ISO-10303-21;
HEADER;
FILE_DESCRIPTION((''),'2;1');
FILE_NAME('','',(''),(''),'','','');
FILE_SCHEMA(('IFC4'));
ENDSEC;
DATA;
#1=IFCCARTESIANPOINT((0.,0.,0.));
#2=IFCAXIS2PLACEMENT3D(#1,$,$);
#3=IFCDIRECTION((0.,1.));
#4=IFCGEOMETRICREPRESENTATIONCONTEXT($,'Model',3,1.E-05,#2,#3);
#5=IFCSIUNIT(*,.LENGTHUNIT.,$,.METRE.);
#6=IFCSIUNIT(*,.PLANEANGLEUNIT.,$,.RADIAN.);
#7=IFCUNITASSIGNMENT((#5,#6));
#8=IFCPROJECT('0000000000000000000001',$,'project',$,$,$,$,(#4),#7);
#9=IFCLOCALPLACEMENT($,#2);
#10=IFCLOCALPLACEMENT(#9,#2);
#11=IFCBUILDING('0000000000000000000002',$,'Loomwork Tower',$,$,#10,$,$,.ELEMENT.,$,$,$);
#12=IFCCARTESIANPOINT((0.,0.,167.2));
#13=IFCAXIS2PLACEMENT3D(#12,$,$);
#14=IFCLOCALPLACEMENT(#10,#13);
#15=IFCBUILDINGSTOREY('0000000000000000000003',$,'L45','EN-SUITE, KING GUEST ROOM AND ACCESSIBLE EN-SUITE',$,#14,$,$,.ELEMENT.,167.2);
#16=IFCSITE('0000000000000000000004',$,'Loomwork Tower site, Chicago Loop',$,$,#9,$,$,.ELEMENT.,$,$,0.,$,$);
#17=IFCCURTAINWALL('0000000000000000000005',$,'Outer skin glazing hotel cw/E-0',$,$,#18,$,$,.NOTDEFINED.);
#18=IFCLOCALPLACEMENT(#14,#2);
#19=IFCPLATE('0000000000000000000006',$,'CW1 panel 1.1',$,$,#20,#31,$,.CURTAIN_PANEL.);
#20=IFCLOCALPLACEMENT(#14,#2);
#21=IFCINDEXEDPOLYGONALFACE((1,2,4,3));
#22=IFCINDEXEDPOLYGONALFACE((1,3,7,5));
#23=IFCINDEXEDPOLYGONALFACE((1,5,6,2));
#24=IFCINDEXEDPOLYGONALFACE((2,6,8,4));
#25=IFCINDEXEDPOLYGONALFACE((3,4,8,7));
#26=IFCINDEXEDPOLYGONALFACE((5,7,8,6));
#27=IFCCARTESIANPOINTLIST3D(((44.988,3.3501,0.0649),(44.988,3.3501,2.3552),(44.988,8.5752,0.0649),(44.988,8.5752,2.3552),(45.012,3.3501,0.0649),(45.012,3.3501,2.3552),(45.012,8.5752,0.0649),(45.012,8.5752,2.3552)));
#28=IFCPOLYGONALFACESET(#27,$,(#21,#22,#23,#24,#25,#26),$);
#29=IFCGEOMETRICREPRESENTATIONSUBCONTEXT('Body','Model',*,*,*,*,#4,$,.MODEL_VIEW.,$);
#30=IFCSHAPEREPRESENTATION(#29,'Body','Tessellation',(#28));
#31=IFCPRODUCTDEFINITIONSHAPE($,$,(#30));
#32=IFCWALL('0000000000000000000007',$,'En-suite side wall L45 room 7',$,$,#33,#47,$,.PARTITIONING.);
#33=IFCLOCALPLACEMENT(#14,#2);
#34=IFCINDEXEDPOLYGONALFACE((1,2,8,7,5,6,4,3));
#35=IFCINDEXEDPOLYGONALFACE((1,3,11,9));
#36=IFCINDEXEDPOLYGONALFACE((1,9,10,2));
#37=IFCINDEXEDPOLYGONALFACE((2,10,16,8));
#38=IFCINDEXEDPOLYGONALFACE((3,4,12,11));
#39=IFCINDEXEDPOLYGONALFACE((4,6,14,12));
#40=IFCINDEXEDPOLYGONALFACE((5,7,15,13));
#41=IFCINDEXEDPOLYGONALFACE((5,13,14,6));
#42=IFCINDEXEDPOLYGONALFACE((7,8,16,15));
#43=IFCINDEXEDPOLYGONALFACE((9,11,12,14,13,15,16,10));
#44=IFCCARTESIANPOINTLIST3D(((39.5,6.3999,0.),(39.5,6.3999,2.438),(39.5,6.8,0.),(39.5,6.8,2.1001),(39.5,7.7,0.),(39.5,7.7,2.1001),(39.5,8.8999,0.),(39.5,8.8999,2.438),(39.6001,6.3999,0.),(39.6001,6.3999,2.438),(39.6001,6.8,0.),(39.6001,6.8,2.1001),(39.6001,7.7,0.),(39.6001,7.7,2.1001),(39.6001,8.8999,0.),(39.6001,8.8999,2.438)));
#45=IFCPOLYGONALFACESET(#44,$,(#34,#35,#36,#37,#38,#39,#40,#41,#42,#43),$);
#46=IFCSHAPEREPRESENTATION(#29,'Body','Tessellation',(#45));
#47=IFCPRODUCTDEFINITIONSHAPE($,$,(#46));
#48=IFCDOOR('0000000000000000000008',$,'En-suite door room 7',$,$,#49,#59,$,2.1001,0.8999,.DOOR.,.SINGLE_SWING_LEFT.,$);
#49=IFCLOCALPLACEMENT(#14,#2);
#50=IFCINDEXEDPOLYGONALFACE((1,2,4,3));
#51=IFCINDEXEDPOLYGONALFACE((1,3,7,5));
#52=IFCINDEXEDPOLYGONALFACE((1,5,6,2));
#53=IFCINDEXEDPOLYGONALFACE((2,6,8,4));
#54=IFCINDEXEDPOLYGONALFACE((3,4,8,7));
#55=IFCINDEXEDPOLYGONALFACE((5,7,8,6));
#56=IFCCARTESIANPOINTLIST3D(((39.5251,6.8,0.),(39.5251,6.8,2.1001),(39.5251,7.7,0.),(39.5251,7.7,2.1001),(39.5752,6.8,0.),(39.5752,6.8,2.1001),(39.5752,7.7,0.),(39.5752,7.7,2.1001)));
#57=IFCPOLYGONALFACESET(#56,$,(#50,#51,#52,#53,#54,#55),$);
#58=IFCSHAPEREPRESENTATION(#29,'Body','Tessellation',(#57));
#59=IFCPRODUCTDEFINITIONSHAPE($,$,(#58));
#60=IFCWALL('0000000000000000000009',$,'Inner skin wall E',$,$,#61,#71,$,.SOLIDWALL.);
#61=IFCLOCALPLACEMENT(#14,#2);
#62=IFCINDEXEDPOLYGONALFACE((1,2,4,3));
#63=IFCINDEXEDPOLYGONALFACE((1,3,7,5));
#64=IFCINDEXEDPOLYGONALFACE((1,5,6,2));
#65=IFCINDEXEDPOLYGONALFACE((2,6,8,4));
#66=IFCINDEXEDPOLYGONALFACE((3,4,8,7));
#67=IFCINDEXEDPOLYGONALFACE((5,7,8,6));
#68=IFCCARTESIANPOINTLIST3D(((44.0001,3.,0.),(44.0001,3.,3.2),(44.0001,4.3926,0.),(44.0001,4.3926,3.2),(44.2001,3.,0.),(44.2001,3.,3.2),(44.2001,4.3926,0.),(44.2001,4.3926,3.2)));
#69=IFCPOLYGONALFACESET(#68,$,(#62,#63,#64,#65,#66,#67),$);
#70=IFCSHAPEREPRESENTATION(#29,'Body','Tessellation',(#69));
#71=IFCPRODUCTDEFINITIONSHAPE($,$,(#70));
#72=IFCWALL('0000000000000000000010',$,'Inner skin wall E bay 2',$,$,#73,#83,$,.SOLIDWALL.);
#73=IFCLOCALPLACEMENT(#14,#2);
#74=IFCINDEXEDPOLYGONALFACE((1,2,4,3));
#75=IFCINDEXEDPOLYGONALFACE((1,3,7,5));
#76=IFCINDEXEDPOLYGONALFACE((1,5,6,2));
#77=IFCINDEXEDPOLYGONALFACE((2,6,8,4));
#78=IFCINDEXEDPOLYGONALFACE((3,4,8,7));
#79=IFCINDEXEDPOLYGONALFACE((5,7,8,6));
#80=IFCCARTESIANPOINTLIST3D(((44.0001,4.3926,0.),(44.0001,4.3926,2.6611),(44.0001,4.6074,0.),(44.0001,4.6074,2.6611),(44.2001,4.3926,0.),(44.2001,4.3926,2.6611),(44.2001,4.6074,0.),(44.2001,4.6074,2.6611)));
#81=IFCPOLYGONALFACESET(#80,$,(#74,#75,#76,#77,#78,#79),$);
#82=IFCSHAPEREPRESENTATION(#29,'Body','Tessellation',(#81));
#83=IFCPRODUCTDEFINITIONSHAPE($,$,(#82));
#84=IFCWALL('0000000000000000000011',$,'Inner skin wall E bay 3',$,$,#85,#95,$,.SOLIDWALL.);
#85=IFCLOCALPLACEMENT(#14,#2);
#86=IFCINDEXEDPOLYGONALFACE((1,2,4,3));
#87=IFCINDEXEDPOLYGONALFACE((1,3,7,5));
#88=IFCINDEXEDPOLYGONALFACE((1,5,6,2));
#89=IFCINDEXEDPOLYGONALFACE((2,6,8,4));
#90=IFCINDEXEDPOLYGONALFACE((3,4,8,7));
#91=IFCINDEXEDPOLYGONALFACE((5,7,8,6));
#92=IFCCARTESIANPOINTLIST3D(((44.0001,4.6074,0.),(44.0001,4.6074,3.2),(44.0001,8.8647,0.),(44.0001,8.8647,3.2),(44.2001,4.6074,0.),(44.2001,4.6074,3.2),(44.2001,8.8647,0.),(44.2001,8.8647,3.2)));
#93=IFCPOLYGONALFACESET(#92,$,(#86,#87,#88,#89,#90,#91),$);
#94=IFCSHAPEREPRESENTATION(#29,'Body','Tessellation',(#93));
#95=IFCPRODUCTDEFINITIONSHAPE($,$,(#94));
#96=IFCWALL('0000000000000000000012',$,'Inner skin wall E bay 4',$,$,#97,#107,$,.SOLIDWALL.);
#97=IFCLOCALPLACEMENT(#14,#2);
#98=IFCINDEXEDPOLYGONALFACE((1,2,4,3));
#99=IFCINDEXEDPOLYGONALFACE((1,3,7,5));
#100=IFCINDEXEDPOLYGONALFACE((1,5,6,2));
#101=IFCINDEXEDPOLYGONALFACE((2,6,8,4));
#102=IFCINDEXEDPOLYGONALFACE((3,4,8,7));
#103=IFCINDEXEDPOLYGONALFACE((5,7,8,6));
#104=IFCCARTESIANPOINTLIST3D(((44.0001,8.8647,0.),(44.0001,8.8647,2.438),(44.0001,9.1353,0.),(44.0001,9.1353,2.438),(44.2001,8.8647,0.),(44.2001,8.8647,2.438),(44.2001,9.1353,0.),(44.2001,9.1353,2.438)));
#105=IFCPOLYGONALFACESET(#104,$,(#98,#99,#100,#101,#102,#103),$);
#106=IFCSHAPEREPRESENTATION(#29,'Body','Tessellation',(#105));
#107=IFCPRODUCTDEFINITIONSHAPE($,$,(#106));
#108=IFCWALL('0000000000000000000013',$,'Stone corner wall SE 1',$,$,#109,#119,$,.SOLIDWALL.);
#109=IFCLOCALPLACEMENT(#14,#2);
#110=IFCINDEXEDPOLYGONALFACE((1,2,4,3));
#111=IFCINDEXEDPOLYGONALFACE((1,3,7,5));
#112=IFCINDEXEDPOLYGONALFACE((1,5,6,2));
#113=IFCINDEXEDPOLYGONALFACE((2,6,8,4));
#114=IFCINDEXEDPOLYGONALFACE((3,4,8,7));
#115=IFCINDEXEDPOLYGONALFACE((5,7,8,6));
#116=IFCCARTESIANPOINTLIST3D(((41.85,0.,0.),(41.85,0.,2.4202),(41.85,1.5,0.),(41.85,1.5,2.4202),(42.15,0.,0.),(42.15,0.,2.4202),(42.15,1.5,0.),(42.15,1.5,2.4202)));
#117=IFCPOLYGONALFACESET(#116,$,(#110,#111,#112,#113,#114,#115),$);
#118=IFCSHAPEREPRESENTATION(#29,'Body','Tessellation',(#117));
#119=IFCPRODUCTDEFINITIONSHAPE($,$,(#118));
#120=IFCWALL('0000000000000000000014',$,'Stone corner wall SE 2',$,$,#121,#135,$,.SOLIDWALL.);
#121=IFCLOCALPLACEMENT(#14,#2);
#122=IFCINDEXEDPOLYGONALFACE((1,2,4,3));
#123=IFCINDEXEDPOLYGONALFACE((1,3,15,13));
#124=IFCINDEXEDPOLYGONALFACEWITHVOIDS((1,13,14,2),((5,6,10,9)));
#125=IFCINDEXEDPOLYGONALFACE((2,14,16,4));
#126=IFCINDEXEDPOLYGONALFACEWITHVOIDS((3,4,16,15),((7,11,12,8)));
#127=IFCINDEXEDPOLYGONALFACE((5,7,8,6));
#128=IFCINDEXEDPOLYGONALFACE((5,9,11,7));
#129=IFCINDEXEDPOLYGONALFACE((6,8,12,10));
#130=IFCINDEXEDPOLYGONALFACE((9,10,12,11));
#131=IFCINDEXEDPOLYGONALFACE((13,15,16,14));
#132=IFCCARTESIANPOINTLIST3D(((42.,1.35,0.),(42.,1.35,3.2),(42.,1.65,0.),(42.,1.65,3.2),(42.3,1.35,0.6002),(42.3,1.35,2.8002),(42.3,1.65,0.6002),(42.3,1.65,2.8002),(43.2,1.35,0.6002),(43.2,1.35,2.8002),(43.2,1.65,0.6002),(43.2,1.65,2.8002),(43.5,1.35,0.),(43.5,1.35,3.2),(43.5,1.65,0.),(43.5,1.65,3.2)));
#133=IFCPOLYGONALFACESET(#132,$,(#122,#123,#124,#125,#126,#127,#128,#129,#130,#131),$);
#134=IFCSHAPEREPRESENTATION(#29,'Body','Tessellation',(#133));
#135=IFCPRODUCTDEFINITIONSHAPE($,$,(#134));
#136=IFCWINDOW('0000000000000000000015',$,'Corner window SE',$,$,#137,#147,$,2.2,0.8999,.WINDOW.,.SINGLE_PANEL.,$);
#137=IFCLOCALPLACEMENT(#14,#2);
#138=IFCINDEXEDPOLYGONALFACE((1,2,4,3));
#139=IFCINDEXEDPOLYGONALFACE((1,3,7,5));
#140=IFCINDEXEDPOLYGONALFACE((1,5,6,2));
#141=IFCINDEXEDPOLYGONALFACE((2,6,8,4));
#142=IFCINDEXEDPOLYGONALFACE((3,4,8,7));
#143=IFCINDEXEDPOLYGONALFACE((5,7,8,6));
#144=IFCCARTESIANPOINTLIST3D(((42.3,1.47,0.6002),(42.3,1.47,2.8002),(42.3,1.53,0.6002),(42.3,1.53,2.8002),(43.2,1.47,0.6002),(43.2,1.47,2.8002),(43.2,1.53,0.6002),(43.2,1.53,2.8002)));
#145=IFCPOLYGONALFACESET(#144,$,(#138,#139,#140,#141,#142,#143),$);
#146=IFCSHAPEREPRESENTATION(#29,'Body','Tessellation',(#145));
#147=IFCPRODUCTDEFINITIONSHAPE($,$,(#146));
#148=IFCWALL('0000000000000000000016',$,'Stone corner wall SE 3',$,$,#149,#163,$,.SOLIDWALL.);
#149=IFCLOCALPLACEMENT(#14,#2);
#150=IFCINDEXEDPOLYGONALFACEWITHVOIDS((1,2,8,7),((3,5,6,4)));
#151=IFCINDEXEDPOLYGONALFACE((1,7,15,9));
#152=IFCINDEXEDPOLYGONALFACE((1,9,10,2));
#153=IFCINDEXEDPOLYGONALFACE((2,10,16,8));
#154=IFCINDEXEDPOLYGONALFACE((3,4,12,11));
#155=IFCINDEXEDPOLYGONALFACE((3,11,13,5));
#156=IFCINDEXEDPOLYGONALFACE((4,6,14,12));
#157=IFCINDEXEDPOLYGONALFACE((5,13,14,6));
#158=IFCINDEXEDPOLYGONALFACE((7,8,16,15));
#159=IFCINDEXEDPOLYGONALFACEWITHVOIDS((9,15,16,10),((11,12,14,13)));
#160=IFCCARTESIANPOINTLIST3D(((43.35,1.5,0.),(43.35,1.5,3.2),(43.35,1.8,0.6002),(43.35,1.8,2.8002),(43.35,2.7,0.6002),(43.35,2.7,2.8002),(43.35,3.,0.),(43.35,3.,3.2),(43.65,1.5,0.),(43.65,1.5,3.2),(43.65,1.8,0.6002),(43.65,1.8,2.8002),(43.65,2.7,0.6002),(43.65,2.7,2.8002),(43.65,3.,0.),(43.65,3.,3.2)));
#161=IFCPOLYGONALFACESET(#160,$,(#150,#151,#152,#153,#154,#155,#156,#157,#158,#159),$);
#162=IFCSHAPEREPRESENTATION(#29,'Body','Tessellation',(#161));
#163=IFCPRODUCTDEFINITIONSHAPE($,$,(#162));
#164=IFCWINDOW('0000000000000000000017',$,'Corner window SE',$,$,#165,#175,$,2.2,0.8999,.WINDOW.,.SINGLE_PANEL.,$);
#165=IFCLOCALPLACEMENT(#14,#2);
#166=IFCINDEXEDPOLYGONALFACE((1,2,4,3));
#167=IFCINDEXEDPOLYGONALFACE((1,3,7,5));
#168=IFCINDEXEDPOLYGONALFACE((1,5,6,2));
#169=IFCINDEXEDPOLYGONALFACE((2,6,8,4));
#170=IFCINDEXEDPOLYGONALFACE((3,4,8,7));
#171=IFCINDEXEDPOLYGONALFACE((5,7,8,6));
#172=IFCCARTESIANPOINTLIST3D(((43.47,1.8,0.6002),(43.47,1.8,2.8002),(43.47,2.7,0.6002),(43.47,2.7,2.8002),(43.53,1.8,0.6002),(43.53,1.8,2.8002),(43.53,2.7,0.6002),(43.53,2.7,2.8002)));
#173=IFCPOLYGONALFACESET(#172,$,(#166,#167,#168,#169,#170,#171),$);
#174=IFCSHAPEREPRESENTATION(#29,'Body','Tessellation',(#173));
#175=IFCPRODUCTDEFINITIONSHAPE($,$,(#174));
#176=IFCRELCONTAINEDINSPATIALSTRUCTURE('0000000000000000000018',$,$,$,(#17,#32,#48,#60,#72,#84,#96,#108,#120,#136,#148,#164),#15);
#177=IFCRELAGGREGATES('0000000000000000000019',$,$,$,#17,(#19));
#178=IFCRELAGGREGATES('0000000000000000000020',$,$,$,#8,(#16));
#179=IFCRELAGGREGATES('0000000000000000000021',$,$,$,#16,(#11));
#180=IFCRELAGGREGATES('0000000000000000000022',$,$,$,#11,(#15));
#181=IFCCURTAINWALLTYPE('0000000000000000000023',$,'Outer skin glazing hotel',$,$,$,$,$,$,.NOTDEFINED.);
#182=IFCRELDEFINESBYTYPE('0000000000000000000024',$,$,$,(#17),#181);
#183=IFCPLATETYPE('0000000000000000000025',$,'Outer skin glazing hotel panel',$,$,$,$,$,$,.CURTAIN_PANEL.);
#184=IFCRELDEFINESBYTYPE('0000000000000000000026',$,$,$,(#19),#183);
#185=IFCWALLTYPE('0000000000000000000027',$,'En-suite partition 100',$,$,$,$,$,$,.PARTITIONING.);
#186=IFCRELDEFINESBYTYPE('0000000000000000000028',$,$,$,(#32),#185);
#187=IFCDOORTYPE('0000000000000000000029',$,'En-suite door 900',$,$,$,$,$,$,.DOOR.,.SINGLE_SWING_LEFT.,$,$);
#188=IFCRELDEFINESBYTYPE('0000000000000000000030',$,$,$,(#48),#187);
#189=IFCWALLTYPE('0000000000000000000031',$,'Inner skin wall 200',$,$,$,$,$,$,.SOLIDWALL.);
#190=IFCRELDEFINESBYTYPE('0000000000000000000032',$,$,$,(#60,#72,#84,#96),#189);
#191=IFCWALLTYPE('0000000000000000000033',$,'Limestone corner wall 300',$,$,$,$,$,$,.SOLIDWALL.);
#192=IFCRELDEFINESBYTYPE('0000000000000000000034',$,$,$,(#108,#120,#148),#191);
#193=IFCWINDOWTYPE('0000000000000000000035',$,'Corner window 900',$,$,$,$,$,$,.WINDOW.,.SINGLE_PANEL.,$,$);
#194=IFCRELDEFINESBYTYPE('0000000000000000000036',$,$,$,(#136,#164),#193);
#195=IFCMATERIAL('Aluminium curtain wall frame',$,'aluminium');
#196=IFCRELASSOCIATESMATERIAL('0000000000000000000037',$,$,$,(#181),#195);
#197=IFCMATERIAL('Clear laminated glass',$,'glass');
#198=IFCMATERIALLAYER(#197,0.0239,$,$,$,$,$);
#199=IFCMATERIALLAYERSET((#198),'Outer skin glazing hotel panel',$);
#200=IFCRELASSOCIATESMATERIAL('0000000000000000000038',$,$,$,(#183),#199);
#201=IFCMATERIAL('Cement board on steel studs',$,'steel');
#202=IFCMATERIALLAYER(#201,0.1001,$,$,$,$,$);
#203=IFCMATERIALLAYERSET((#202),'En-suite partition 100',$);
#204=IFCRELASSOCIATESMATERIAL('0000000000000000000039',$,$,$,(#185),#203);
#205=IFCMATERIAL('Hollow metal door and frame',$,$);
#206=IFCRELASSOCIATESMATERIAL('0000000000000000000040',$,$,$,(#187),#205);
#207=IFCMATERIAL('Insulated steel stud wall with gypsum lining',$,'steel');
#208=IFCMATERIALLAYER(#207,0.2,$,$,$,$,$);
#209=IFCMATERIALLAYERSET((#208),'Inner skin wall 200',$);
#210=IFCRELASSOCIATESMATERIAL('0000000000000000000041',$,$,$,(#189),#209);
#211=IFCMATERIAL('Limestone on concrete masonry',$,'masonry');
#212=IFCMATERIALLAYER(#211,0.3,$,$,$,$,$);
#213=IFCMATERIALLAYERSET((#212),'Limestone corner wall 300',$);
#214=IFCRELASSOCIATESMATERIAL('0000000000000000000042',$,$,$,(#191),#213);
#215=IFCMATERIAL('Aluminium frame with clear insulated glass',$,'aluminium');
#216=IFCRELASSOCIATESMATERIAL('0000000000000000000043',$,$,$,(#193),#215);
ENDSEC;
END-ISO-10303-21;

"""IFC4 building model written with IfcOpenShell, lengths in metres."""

from ifc_helpers import new_model, si_unit, direction, frame, frame_2d, origin, origin_2d, place, context, subcontext, project, spatial, rectangle, extrude, material, layer, layer_set, type_object, element, fill, aggregate, save


model = new_model("IFC4")

# Units and contexts
model_context = context("Model", 3, precision=1e-05, world=origin(), true_north=direction((0.0, 1.0)))
body_context = subcontext(model_context, "Body", "Model", "MODEL_VIEW")
ifc_project = project(units=[si_unit("LENGTHUNIT", "METRE"), si_unit("PLANEANGLEUNIT", "RADIAN")], contexts=[model_context])

# Site, building, storey
site_placement = place(None, origin())
site = spatial("IfcSite", under=ifc_project, at=site_placement, Name="Loomwork Tower site, Chicago Loop", CompositionType="ELEMENT", RefElevation=0.0)
building_placement = place(site_placement, origin())
building = spatial("IfcBuilding", under=site, at=building_placement, Name="Loomwork Tower", CompositionType="ELEMENT")
storey_placement = place(building_placement, frame((0.0, 0.0, 167.2)))
storey = spatial("IfcBuildingStorey", under=building, at=storey_placement, Name="L45", Description="EN-SUITE, KING GUEST ROOM AND ACCESSIBLE EN-SUITE", CompositionType="ELEMENT", Elevation=167.2)

# Shared definitions
ifc_material_1 = material(Name="Aluminium curtain wall frame", Category="aluminium")
curtain_wall_type = type_object("IfcCurtainWallType", Name="Outer skin glazing hotel", PredefinedType="NOTDEFINED", material=ifc_material_1)

# Curtain wall
curtain_wall_1_placement = place(storey_placement, origin())
curtain_wall_1 = element("IfcCurtainWall", 1, at=curtain_wall_1_placement, inside=storey, type_object=curtain_wall_type, Name="Outer skin glazing hotel cw/E-0", PredefinedType="NOTDEFINED")

# Plate
ifc_material_2 = material(Name="Clear laminated glass", Category="glass")
ifc_layer_1 = layer(ifc_material_2, 0.0239)
ifc_layer_set_1 = layer_set([ifc_layer_1], Name="Outer skin glazing hotel panel")
plate_type = type_object("IfcPlateType", Name="Outer skin glazing hotel panel", PredefinedType="CURTAIN_PANEL", material=ifc_layer_set_1)
plate_placement = place(storey_placement, frame((45.0, 5.9626, 0.0649), z_axis=(0.0, 0.0, 1.0), x_axis=(0.0, 1.0, 0.0)))
plate = element("IfcPlate", 2, at=plate_placement, type_object=plate_type, Name="CW1 panel 1.1", PredefinedType="CURTAIN_PANEL", context=body_context, shape_type="SweptSolid", body=[
    extrude(rectangle(XDim=5.2251, YDim=0.0239, at=origin_2d()), origin(), (0.0, 0.0, 1.0), 2.2903),
])
aggregate(curtain_wall_1, [plate])

# Wall, opening, door
ifc_material_3 = material(Name="Cement board on steel studs", Category="steel")
ifc_layer_2 = layer(ifc_material_3, 0.1001)
ifc_layer_set_2 = layer_set([ifc_layer_2], Name="En-suite partition 100")
wall_type_1 = type_object("IfcWallType", Name="En-suite partition 100", PredefinedType="PARTITIONING", material=ifc_layer_set_2)
wall_1_placement = place(storey_placement, frame((39.55, 8.8999, 0.0), z_axis=(0.0, 0.0, 1.0), x_axis=(0.0, -1.0, 0.0)))
wall_1 = element("IfcWall", 3, at=wall_1_placement, inside=storey, type_object=wall_type_1, Name="En-suite side wall L45 room 7", PredefinedType="PARTITIONING", context=body_context, shape_type="SweptSolid", body=[
    extrude(rectangle(XDim=2.5, YDim=0.1001, at=frame_2d((1.25, 0.0))), origin(), (0.0, 0.0, 1.0), 2.438),
])
opening_1_placement = place(wall_1_placement, frame((1.2, 0.0, 0.0)))
opening_1 = element("IfcOpeningElement", 4, at=opening_1_placement, cuts=wall_1, PredefinedType="OPENING", context=body_context, shape_type="SweptSolid", body=[
    extrude(rectangle(XDim=0.8999, YDim=2.1001, at=frame_2d((0.45, 1.05))), frame((0.0, 0.0601, 0.0), z_axis=(0.0, -1.0, 0.0), x_axis=(1.0, 0.0, 0.0)), (0.0, 0.0, 1.0), 0.1201),
])
ifc_material_4 = material(Name="Hollow metal door and frame")
door_type = type_object("IfcDoorType", Name="En-suite door 900", OperationType="SINGLE_SWING_LEFT", PredefinedType="DOOR", material=ifc_material_4)
door_placement = place(opening_1_placement, frame((0.8999, 0.0, 0.0), z_axis=(0.0, 0.0, 1.0), x_axis=(-1.0, 0.0, 0.0)))
door = element("IfcDoor", 5, at=door_placement, inside=storey, type_object=door_type, Name="En-suite door room 7", OperationType="SINGLE_SWING_LEFT", OverallHeight=2.1001, OverallWidth=0.8999, PredefinedType="DOOR", context=body_context, shape_type="SweptSolid", body=[
    extrude(rectangle(XDim=0.8999, YDim=2.1001, at=frame_2d((0.45, 1.05))), frame((0.0, 0.0249, 0.0), z_axis=(0.0, -1.0, 0.0), x_axis=(1.0, 0.0, 0.0)), (0.0, 0.0, 1.0), 0.05),
])
fill(opening_1, door)

# Walls
ifc_material_5 = material(Name="Insulated steel stud wall with gypsum lining", Category="steel")
ifc_layer_3 = layer(ifc_material_5, 0.2)
ifc_layer_set_3 = layer_set([ifc_layer_3], Name="Inner skin wall 200")
wall_type_2 = type_object("IfcWallType", Name="Inner skin wall 200", PredefinedType="SOLIDWALL", material=ifc_layer_set_3)
wall_2_placement = place(storey_placement, frame((44.1001, 3.0, 0.0), z_axis=(0.0, 0.0, 1.0), x_axis=(0.0, 1.0, 0.0)))
element("IfcWall", 6, at=wall_2_placement, inside=storey, type_object=wall_type_2, Name="Inner skin wall E", PredefinedType="SOLIDWALL", context=body_context, shape_type="SweptSolid", body=[
    extrude(rectangle(XDim=1.3926, YDim=0.2, at=frame_2d((0.6963, 0.0))), origin(), (0.0, 0.0, 1.0), 3.2),
])
wall_3_placement = place(storey_placement, frame((44.1001, 4.3926, 0.0), z_axis=(0.0, 0.0, 1.0), x_axis=(0.0, 1.0, 0.0)))
element("IfcWall", 7, at=wall_3_placement, inside=storey, type_object=wall_type_2, Name="Inner skin wall E bay 2", PredefinedType="SOLIDWALL", context=body_context, shape_type="SweptSolid", body=[
    extrude(rectangle(XDim=0.2148, YDim=0.2, at=frame_2d((0.1074, 0.0))), origin(), (0.0, 0.0, 1.0), 2.6611),
])
wall_4_placement = place(storey_placement, frame((44.1001, 4.6074, 0.0), z_axis=(0.0, 0.0, 1.0), x_axis=(0.0, 1.0, 0.0)))
element("IfcWall", 8, at=wall_4_placement, inside=storey, type_object=wall_type_2, Name="Inner skin wall E bay 3", PredefinedType="SOLIDWALL", context=body_context, shape_type="SweptSolid", body=[
    extrude(rectangle(XDim=4.2573, YDim=0.2, at=frame_2d((2.1287, 0.0))), origin(), (0.0, 0.0, 1.0), 3.2),
])
wall_5_placement = place(storey_placement, frame((44.1001, 8.8647, 0.0), z_axis=(0.0, 0.0, 1.0), x_axis=(0.0, 1.0, 0.0)))
element("IfcWall", 9, at=wall_5_placement, inside=storey, type_object=wall_type_2, Name="Inner skin wall E bay 4", PredefinedType="SOLIDWALL", context=body_context, shape_type="SweptSolid", body=[
    extrude(rectangle(XDim=0.2705, YDim=0.2, at=frame_2d((0.1353, 0.0))), origin(), (0.0, 0.0, 1.0), 2.438),
])
ifc_material_6 = material(Name="Limestone on concrete masonry", Category="masonry")
ifc_layer_4 = layer(ifc_material_6, 0.3)
ifc_layer_set_4 = layer_set([ifc_layer_4], Name="Limestone corner wall 300")
wall_type_3 = type_object("IfcWallType", Name="Limestone corner wall 300", PredefinedType="SOLIDWALL", material=ifc_layer_set_4)
wall_6_placement = place(storey_placement, frame((42.0, 0.0, 0.0), z_axis=(0.0, 0.0, 1.0), x_axis=(0.0, 1.0, 0.0)))
element("IfcWall", 10, at=wall_6_placement, inside=storey, type_object=wall_type_3, Name="Stone corner wall SE 1", PredefinedType="SOLIDWALL", context=body_context, shape_type="SweptSolid", body=[
    extrude(rectangle(XDim=1.5, YDim=0.3, at=frame_2d((0.75, 0.0))), origin(), (0.0, 0.0, 1.0), 2.4202),
])

# Walls, openings, windows
wall_7_placement = place(storey_placement, frame((42.0, 1.5, 0.0), z_axis=(0.0, 0.0, 1.0), x_axis=(1.0, 0.0, 0.0)))
wall_7 = element("IfcWall", 11, at=wall_7_placement, inside=storey, type_object=wall_type_3, Name="Stone corner wall SE 2", PredefinedType="SOLIDWALL", context=body_context, shape_type="SweptSolid", body=[
    extrude(rectangle(XDim=1.5, YDim=0.3, at=frame_2d((0.75, 0.0))), origin(), (0.0, 0.0, 1.0), 3.2),
])
opening_2_placement = place(wall_7_placement, frame((0.3, 0.0, 0.6001)))
opening_2 = element("IfcOpeningElement", 12, at=opening_2_placement, cuts=wall_7, PredefinedType="OPENING", context=body_context, shape_type="SweptSolid", body=[
    extrude(rectangle(XDim=0.8999, YDim=2.2, at=frame_2d((0.45, 1.1001))), frame((0.0, 0.1599, 0.0), z_axis=(0.0, -1.0, 0.0), x_axis=(1.0, 0.0, 0.0)), (0.0, 0.0, 1.0), 0.3201),
])
ifc_material_7 = material(Name="Aluminium frame with clear insulated glass", Category="aluminium")
window_type = type_object("IfcWindowType", Name="Corner window 900", PartitioningType="SINGLE_PANEL", PredefinedType="WINDOW", material=ifc_material_7)
window_1_placement = place(opening_2_placement, origin())
window_1 = element("IfcWindow", 13, at=window_1_placement, inside=storey, type_object=window_type, Name="Corner window SE", OverallHeight=2.2, OverallWidth=0.8999, PartitioningType="SINGLE_PANEL", PredefinedType="WINDOW", context=body_context, shape_type="SweptSolid", body=[
    extrude(rectangle(XDim=0.8999, YDim=2.2, at=frame_2d((0.45, 1.1001))), frame((0.0, 0.03, 0.0), z_axis=(0.0, -1.0, 0.0), x_axis=(1.0, 0.0, 0.0)), (0.0, 0.0, 1.0), 0.0601),
])
fill(opening_2, window_1)
wall_8_placement = place(storey_placement, frame((43.5, 1.5, 0.0), z_axis=(0.0, 0.0, 1.0), x_axis=(0.0, 1.0, 0.0)))
wall_8 = element("IfcWall", 14, at=wall_8_placement, inside=storey, type_object=wall_type_3, Name="Stone corner wall SE 3", PredefinedType="SOLIDWALL", context=body_context, shape_type="SweptSolid", body=[
    extrude(rectangle(XDim=1.5, YDim=0.3, at=frame_2d((0.75, 0.0))), origin(), (0.0, 0.0, 1.0), 3.2),
])
opening_3_placement = place(wall_8_placement, frame((0.3, 0.0, 0.6001)))
opening_3 = element("IfcOpeningElement", 15, at=opening_3_placement, cuts=wall_8, PredefinedType="OPENING", context=body_context, shape_type="SweptSolid", body=[
    extrude(rectangle(XDim=0.8999, YDim=2.2, at=frame_2d((0.45, 1.1001))), frame((0.0, 0.1599, 0.0), z_axis=(0.0, -1.0, 0.0), x_axis=(1.0, 0.0, 0.0)), (0.0, 0.0, 1.0), 0.3201),
])
window_2_placement = place(opening_3_placement, origin())
window_2 = element("IfcWindow", 16, at=window_2_placement, inside=storey, type_object=window_type, Name="Corner window SE", OverallHeight=2.2, OverallWidth=0.8999, PartitioningType="SINGLE_PANEL", PredefinedType="WINDOW", context=body_context, shape_type="SweptSolid", body=[
    extrude(rectangle(XDim=0.8999, YDim=2.2, at=frame_2d((0.45, 1.1001))), frame((0.0, 0.03, 0.0), z_axis=(0.0, -1.0, 0.0), x_axis=(1.0, 0.0, 0.0)), (0.0, 0.0, 1.0), 0.0601),
])
fill(opening_3, window_2)

save(model, "model.ifc")
